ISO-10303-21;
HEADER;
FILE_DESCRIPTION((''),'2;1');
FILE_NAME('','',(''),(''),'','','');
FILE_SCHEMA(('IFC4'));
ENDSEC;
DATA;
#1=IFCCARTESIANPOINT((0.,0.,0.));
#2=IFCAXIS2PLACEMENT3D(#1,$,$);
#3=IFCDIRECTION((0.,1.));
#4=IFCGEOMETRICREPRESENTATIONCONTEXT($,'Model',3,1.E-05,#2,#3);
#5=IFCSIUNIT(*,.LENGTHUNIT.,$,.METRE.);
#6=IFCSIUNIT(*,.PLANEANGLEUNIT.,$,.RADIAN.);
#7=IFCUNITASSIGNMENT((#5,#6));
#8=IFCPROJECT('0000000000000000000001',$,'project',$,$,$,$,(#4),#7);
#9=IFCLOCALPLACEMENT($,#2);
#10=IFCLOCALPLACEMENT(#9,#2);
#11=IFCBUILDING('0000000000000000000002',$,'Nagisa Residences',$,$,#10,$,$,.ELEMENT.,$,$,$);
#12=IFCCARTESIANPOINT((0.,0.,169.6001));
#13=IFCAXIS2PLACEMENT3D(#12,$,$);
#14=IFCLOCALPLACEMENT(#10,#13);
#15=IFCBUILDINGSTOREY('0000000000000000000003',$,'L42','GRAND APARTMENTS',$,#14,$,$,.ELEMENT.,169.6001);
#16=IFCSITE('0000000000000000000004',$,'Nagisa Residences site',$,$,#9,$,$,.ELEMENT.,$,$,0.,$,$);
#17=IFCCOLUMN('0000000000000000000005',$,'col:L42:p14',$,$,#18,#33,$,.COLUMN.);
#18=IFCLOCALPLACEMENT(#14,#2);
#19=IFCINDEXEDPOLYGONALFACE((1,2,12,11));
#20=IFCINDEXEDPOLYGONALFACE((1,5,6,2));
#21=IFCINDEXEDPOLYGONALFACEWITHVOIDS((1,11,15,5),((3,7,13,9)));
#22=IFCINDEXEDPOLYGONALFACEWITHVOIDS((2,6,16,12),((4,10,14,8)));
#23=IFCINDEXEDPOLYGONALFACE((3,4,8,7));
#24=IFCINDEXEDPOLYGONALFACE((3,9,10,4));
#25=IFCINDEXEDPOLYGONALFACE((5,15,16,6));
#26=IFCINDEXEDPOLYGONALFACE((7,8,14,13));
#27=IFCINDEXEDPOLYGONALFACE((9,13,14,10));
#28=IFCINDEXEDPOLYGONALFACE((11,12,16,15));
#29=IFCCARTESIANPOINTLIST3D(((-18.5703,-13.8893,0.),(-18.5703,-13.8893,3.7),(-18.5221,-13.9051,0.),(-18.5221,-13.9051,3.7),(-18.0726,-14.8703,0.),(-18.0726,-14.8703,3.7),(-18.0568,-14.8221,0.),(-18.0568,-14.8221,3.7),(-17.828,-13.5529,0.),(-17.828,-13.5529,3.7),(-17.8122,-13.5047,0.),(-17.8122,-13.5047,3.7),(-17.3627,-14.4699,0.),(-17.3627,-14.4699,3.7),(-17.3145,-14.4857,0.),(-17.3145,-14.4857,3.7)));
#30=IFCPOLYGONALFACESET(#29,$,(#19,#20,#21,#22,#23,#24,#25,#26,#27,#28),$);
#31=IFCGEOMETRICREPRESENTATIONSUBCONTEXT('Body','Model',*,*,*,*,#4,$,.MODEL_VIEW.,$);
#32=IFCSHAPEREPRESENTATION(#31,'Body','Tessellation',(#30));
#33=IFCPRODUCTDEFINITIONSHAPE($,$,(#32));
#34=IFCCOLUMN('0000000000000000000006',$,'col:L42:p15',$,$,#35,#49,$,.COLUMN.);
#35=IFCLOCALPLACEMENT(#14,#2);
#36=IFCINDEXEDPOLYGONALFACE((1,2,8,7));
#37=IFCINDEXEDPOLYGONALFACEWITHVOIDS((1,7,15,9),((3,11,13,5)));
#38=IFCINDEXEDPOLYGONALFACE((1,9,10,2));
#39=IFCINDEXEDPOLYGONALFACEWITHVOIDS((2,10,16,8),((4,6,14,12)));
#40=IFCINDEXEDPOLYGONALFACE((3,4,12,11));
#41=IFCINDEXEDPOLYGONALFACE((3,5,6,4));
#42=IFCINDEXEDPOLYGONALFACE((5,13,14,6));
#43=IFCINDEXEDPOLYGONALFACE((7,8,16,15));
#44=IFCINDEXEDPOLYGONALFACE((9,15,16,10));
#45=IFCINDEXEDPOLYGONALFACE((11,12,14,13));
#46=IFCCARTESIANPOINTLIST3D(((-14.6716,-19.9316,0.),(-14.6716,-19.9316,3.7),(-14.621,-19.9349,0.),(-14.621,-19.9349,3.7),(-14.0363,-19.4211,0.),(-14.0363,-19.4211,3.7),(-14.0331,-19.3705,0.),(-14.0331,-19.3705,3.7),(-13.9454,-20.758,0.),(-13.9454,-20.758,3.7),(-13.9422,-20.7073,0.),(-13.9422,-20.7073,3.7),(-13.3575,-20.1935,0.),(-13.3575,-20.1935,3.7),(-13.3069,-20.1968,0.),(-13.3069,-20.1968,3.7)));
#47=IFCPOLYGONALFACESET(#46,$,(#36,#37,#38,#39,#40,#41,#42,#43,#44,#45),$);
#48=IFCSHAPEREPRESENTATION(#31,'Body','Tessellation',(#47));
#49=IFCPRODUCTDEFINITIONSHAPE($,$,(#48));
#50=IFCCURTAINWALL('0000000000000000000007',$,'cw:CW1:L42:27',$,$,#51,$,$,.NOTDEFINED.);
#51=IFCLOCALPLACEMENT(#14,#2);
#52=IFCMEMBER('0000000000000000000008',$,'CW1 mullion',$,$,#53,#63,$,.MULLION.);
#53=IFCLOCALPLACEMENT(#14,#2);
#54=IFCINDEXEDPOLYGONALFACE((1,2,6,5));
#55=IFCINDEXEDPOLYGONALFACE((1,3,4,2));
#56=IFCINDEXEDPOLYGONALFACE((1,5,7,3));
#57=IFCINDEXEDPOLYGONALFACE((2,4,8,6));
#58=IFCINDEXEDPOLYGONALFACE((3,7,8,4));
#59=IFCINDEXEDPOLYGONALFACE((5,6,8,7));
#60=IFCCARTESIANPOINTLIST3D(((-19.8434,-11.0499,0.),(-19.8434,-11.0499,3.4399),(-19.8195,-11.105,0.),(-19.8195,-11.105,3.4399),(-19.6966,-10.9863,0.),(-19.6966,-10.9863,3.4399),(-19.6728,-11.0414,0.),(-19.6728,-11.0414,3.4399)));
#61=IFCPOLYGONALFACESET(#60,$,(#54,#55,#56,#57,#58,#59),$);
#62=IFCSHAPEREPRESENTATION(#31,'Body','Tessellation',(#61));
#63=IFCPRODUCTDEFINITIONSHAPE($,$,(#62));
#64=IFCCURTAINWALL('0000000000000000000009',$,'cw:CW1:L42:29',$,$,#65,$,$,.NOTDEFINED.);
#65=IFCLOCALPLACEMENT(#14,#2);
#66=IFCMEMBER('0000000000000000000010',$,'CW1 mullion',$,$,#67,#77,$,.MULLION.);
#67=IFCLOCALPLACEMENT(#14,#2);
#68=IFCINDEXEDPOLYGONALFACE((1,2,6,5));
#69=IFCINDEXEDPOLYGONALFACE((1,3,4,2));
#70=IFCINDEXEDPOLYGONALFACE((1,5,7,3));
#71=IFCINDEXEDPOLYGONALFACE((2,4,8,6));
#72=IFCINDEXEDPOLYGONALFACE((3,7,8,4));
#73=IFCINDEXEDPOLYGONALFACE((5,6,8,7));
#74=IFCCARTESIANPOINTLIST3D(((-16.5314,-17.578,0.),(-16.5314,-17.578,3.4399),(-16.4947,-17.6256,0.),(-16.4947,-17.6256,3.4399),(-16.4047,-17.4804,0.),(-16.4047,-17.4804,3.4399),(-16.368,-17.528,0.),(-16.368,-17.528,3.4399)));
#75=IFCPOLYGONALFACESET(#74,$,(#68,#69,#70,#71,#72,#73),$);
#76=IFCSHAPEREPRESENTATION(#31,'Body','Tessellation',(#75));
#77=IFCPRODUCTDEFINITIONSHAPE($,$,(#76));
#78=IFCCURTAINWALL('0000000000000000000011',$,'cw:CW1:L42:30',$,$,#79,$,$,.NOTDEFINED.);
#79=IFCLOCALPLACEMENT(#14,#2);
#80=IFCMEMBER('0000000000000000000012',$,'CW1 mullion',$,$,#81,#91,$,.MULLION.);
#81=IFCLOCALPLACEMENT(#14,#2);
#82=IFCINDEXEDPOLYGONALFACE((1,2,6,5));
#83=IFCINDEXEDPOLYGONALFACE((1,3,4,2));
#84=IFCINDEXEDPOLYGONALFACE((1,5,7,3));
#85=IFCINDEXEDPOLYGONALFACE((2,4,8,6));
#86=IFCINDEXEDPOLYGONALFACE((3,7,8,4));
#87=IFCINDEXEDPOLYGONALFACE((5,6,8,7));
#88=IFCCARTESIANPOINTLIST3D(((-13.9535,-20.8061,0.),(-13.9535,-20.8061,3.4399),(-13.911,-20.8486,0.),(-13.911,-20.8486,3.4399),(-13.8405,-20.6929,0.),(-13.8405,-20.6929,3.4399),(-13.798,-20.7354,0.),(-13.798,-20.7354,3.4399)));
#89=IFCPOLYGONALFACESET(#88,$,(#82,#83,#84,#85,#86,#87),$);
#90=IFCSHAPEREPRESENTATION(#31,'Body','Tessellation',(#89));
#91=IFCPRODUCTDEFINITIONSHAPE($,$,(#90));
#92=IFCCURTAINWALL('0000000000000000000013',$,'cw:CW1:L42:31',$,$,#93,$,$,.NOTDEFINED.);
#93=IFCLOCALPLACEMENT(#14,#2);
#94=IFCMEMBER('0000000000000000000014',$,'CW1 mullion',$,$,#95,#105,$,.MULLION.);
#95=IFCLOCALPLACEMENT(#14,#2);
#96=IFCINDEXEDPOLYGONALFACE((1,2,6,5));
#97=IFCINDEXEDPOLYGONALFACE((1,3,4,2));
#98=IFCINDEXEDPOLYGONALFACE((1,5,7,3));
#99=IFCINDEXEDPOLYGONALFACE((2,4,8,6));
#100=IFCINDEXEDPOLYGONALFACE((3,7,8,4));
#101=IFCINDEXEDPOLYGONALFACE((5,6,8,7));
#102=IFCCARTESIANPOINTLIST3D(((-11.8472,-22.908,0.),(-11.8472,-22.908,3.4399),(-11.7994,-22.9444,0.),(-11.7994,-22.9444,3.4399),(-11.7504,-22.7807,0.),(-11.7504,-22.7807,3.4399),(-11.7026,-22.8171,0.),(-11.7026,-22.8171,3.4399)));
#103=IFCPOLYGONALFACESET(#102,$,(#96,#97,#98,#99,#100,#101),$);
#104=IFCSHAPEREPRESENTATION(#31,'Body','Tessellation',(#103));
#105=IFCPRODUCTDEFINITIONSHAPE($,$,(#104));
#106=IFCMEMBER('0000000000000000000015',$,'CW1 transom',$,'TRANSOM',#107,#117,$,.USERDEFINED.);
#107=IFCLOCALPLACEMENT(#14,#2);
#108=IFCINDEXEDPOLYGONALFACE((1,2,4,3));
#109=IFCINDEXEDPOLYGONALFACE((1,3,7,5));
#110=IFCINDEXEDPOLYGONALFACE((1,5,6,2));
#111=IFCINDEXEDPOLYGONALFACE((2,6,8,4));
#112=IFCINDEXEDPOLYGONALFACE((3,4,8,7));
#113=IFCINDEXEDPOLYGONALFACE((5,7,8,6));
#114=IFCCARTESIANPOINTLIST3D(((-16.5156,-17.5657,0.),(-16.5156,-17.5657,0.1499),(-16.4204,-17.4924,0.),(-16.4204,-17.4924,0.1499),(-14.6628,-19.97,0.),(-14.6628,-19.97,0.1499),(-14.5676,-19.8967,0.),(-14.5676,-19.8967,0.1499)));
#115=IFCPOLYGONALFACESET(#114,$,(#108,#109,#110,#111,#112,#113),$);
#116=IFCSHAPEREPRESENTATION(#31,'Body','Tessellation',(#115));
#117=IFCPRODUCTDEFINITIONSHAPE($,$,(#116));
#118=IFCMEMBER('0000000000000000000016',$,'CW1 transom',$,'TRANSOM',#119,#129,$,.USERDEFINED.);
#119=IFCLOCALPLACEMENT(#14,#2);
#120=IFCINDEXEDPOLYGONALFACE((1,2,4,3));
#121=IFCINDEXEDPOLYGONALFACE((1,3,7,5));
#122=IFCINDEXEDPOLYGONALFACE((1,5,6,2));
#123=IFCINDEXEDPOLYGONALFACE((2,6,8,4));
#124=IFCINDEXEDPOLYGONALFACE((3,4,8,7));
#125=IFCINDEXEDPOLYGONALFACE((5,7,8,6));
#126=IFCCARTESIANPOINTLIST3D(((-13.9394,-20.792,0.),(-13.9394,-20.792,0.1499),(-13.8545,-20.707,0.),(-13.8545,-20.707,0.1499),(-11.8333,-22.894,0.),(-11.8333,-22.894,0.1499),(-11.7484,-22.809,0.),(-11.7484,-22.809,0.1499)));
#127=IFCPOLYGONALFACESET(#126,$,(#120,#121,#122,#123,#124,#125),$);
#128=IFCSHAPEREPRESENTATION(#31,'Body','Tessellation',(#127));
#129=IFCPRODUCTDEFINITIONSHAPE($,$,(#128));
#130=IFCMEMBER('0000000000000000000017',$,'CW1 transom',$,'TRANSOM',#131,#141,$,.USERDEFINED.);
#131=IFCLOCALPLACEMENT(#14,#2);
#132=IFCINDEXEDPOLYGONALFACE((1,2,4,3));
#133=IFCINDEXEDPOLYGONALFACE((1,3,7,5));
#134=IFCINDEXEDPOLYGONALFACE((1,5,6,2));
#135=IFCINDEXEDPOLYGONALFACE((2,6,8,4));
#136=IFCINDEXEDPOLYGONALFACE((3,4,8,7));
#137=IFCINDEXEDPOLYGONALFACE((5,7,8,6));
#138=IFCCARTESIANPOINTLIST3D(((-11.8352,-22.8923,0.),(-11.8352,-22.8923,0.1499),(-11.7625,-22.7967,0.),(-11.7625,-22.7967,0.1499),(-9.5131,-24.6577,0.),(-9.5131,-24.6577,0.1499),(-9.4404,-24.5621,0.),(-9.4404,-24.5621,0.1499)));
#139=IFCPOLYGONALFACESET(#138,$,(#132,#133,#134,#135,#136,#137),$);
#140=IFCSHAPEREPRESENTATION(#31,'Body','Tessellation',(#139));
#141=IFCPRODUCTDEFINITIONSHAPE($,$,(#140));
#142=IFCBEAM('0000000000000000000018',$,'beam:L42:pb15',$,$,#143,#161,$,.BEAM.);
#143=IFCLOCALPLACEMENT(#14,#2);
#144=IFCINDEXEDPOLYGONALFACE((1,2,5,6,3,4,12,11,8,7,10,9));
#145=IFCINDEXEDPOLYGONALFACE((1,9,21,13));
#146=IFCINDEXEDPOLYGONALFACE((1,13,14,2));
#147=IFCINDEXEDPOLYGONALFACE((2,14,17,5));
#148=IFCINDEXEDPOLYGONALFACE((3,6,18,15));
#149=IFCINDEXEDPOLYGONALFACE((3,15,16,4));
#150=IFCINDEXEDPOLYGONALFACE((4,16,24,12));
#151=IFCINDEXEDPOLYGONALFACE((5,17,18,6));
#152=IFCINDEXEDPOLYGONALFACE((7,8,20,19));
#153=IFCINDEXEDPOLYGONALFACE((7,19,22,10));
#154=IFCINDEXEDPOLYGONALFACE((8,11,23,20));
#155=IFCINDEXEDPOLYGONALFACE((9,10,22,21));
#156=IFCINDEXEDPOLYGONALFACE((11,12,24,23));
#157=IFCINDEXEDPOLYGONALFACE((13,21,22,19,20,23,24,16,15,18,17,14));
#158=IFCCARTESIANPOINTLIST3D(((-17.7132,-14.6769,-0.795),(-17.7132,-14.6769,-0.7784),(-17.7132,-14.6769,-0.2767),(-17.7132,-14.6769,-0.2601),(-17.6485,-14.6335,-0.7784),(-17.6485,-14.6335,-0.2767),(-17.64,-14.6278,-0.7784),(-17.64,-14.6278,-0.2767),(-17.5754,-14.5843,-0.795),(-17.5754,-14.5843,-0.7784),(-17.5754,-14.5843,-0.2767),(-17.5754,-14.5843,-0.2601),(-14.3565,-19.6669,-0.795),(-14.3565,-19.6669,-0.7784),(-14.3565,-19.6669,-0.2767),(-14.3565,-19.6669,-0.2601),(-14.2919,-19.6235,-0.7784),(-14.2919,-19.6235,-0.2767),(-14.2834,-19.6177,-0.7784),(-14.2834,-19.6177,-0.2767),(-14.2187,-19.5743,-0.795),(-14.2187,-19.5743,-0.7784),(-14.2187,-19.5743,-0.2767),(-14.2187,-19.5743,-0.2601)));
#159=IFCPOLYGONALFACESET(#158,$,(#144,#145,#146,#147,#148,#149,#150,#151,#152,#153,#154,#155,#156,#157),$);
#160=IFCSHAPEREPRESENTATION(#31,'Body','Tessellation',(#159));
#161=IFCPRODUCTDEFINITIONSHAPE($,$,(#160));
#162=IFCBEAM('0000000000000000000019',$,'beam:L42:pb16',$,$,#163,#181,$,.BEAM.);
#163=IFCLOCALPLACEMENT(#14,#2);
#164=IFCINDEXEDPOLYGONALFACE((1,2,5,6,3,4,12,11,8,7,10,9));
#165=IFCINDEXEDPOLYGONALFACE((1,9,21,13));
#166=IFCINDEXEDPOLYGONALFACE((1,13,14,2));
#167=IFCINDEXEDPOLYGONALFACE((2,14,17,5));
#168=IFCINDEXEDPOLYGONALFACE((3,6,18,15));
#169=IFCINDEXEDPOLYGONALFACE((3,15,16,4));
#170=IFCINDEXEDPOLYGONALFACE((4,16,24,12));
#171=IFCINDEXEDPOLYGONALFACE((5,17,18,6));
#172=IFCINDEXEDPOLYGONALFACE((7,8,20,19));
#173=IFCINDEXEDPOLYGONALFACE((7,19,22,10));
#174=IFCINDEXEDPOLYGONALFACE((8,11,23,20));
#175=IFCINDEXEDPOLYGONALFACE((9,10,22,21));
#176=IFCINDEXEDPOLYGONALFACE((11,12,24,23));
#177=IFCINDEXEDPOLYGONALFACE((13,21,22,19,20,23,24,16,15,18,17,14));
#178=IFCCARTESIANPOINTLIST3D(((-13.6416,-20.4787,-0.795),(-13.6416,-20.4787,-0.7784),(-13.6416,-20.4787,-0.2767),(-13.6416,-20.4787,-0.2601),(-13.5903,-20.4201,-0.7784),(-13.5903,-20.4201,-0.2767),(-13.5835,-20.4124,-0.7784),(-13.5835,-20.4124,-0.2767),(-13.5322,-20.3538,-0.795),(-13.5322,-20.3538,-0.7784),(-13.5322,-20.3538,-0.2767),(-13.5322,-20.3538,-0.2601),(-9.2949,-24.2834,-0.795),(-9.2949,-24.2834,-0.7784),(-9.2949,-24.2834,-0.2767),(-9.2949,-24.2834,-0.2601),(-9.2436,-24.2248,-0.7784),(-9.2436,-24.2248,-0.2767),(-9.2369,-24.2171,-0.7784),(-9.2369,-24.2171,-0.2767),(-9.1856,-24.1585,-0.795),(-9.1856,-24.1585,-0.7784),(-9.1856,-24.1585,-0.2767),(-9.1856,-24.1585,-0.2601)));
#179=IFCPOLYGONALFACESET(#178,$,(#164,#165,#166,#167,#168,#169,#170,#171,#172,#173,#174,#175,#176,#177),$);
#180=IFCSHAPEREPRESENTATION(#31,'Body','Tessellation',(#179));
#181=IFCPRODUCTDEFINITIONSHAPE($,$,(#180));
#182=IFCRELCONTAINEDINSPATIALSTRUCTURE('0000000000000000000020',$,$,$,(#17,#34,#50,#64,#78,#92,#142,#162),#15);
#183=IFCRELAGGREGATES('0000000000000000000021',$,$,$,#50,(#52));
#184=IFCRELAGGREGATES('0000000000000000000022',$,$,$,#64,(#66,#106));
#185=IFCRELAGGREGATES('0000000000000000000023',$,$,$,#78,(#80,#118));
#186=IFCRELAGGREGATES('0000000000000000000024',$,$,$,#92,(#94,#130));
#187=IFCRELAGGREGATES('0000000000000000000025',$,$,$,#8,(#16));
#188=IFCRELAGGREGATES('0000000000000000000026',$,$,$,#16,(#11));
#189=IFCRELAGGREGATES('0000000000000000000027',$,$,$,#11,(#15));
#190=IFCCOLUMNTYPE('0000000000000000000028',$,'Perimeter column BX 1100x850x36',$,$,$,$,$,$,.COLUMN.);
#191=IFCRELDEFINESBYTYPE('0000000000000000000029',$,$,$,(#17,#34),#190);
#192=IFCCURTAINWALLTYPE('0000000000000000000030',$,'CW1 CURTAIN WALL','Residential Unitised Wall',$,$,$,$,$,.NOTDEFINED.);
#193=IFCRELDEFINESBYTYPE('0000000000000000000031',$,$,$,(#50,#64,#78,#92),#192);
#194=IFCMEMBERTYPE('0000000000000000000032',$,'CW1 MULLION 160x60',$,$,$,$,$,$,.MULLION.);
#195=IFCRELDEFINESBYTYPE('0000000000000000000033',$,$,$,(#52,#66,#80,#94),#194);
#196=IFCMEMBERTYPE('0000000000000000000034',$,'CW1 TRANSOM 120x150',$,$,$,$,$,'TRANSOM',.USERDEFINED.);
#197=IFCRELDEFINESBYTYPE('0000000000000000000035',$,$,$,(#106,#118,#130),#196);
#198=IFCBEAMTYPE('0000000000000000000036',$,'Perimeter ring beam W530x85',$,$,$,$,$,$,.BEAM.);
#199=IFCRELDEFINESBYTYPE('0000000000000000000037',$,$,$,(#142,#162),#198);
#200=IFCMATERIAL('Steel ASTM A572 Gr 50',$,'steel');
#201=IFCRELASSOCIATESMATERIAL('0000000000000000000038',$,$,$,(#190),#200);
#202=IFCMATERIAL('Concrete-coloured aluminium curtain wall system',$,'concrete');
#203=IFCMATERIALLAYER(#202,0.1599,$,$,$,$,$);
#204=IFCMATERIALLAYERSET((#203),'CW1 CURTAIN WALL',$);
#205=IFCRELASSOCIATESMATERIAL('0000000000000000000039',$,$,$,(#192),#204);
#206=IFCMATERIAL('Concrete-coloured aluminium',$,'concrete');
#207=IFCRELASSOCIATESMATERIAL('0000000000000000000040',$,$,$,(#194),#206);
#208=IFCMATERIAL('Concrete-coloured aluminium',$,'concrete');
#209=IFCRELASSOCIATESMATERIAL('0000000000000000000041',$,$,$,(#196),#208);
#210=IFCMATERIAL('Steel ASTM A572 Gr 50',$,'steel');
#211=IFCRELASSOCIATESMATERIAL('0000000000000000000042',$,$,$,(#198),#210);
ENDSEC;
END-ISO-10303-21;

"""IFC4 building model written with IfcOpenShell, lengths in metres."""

from ifc_helpers import new_model, si_unit, direction, frame, origin, origin_2d, place, context, subcontext, project, spatial, rectangle, hollow_rectangle, i_section, extrude, material, layer, layer_set, material_profile, profile_set, type_object, element, aggregate, save


model = new_model("IFC4")

# Units and contexts
model_context = context("Model", 3, precision=1e-05, world=origin(), true_north=direction((0.0, 1.0)))
body_context = subcontext(model_context, "Body", "Model", "MODEL_VIEW")
ifc_project = project(units=[si_unit("LENGTHUNIT", "METRE"), si_unit("PLANEANGLEUNIT", "RADIAN")], contexts=[model_context])

# Site, building, storey
site_placement = place(None, origin())
site = spatial("IfcSite", under=ifc_project, at=site_placement, Name="Nagisa Residences site", CompositionType="ELEMENT", RefElevation=0.0)
building_placement = place(site_placement, origin())
building = spatial("IfcBuilding", under=site, at=building_placement, Name="Nagisa Residences", CompositionType="ELEMENT")
storey_placement = place(building_placement, frame((0.0, 0.0, 169.6001)))
storey = spatial("IfcBuildingStorey", under=building, at=storey_placement, Name="L42", Description="GRAND APARTMENTS", CompositionType="ELEMENT", Elevation=169.6001)

# Columns
ifc_material_1 = material(Name="Steel ASTM A572 Gr 50", Category="steel")
ifc_material_profile_1 = material_profile(ifc_material_1, hollow_rectangle(XDim=1.1001, YDim=0.8501, WallThickness=0.0359, at=origin_2d()), Name="BX 1100x850x36")
ifc_profile_set_1 = profile_set([ifc_material_profile_1], Name="Steel ASTM A572 Gr 50")
column_type = type_object("IfcColumnType", Name="Perimeter column BX 1100x850x36", PredefinedType="COLUMN", material=ifc_profile_set_1)
for number, where, z_axis, x_axis, name in (
    (1, (-17.9424, -14.1875, 0.0), (0.0, 0.0, 1.0), (0.452463, -0.891783, 0.0), "col:L42:p14"),
    (2, (-13.9893, -20.0642, 0.0), (0.0, 0.0, 1.0), (0.660115, -0.751165, 0.0), "col:L42:p15"),
):
    element("IfcColumn", number, at=place(storey_placement, frame(where, z_axis=z_axis, x_axis=x_axis)), inside=storey, type_object=column_type, Name=name, PredefinedType="COLUMN", context=body_context, shape_type="SweptSolid", body=[
        extrude(hollow_rectangle(XDim=1.1001, YDim=0.8501, WallThickness=0.0359, at=origin_2d()), origin(), (0.0, 0.0, 1.0), 3.7),
    ])

# Curtain walls, members
ifc_material_2 = material(Name="Concrete-coloured aluminium curtain wall system", Category="concrete")
ifc_layer_1 = layer(ifc_material_2, 0.1599)
ifc_layer_set_1 = layer_set([ifc_layer_1], Name="CW1 CURTAIN WALL")
curtain_wall_type = type_object("IfcCurtainWallType", Name="CW1 CURTAIN WALL", Description="Residential Unitised Wall", PredefinedType="NOTDEFINED", material=ifc_layer_set_1)
curtain_wall_1_placement = place(storey_placement, origin())
curtain_wall_1 = element("IfcCurtainWall", 3, at=curtain_wall_1_placement, inside=storey, type_object=curtain_wall_type, Name="cw:CW1:L42:27", PredefinedType="NOTDEFINED")
ifc_material_3 = material(Name="Concrete-coloured aluminium", Category="concrete")
ifc_material_profile_2 = material_profile(ifc_material_3, rectangle(XDim=0.1599, YDim=0.0601, at=origin_2d()), Name="CW1 MULLION 160x60")
ifc_profile_set_2 = profile_set([ifc_material_profile_2], Name="Concrete-coloured aluminium")
member_type_1 = type_object("IfcMemberType", Name="CW1 MULLION 160x60", PredefinedType="MULLION", material=ifc_profile_set_2)
member_1_placement = place(storey_placement, frame((-19.7581, -11.0457, 0.0), z_axis=(0.0, 0.0, 1.0), x_axis=(0.917543, 0.397636, 0.0)))
member_1 = element("IfcMember", 4, at=member_1_placement, type_object=member_type_1, Name="CW1 mullion", PredefinedType="MULLION", context=body_context, shape_type="SweptSolid", body=[
    extrude(rectangle(XDim=0.1599, YDim=0.0601, at=origin_2d()), origin(), (0.0, 0.0, 1.0), 3.4399),
])
curtain_wall_2_placement = place(storey_placement, origin())
curtain_wall_2 = element("IfcCurtainWall", 5, at=curtain_wall_2_placement, inside=storey, type_object=curtain_wall_type, Name="cw:CW1:L42:29", PredefinedType="NOTDEFINED")
member_2_placement = place(storey_placement, frame((-16.4497, -17.553, 0.0), z_axis=(0.0, 0.0, 1.0), x_axis=(0.79207, 0.61043, 0.0)))
member_2 = element("IfcMember", 6, at=member_2_placement, type_object=member_type_1, Name="CW1 mullion", PredefinedType="MULLION", context=body_context, shape_type="SweptSolid", body=[
    extrude(rectangle(XDim=0.1599, YDim=0.0601, at=origin_2d()), origin(), (0.0, 0.0, 1.0), 3.4399),
])
curtain_wall_3_placement = place(storey_placement, origin())
curtain_wall_3 = element("IfcCurtainWall", 7, at=curtain_wall_3_placement, inside=storey, type_object=curtain_wall_type, Name="cw:CW1:L42:30", PredefinedType="NOTDEFINED")
member_3_placement = place(storey_placement, frame((-13.8757, -20.7708, 0.0), z_axis=(0.0, 0.0, 1.0), x_axis=(0.706377, 0.707836, 0.0)))
member_3 = element("IfcMember", 8, at=member_3_placement, type_object=member_type_1, Name="CW1 mullion", PredefinedType="MULLION", context=body_context, shape_type="SweptSolid", body=[
    extrude(rectangle(XDim=0.1599, YDim=0.0601, at=origin_2d()), origin(), (0.0, 0.0, 1.0), 3.4399),
])
curtain_wall_4_placement = place(storey_placement, origin())
curtain_wall_4 = element("IfcCurtainWall", 9, at=curtain_wall_4_placement, inside=storey, type_object=curtain_wall_type, Name="cw:CW1:L42:31", PredefinedType="NOTDEFINED")
member_4_placement = place(storey_placement, frame((-11.7749, -22.8625, 0.0), z_axis=(0.0, 0.0, 1.0), x_axis=(0.605255, 0.796031, 0.0)))
member_4 = element("IfcMember", 10, at=member_4_placement, type_object=member_type_1, Name="CW1 mullion", PredefinedType="MULLION", context=body_context, shape_type="SweptSolid", body=[
    extrude(rectangle(XDim=0.1599, YDim=0.0601, at=origin_2d()), origin(), (0.0, 0.0, 1.0), 3.4399),
])

# Members
ifc_material_4 = material(Name="Concrete-coloured aluminium", Category="concrete")
ifc_material_profile_3 = material_profile(ifc_material_4, rectangle(XDim=0.1201, YDim=0.1499, at=origin_2d()), Name="CW1 TRANSOM 120x150")
ifc_profile_set_3 = profile_set([ifc_material_profile_3], Name="Concrete-coloured aluminium")
member_type_2 = type_object("IfcMemberType", Name="CW1 TRANSOM 120x150", ElementType="TRANSOM", PredefinedType="USERDEFINED", material=ifc_profile_set_3)
member_5_placement = place(storey_placement, frame((-16.468, -17.5291, 0.075), z_axis=(0.610399, -0.792094, 0.0), x_axis=(0.792094, 0.610399, 0.0)))
member_5 = element("IfcMember", 11, at=member_5_placement, type_object=member_type_2, Name="CW1 transom", ObjectType="TRANSOM", PredefinedType="USERDEFINED", context=body_context, shape_type="SweptSolid", body=[
    extrude(rectangle(XDim=0.1201, YDim=0.1499, at=origin_2d()), origin(), (0.0, 0.0, 1.0), 3.0354),
])
member_6_placement = place(storey_placement, frame((-13.897, -20.7495, 0.075), z_axis=(0.707804, -0.706409, 0.0), x_axis=(0.706409, 0.707804, 0.0)))
member_6 = element("IfcMember", 12, at=member_6_placement, type_object=member_type_2, Name="CW1 transom", ObjectType="TRANSOM", PredefinedType="USERDEFINED", context=body_context, shape_type="SweptSolid", body=[
    extrude(rectangle(XDim=0.1201, YDim=0.1499, at=origin_2d()), origin(), (0.0, 0.0, 1.0), 2.9756),
])
member_7_placement = place(storey_placement, frame((-11.7988, -22.8445, 0.075), z_axis=(0.796056, -0.605223, 0.0), x_axis=(0.605223, 0.796056, 0.0)))
member_7 = element("IfcMember", 13, at=member_7_placement, type_object=member_type_2, Name="CW1 transom", ObjectType="TRANSOM", PredefinedType="USERDEFINED", context=body_context, shape_type="SweptSolid", body=[
    extrude(rectangle(XDim=0.1201, YDim=0.1499, at=origin_2d()), origin(), (0.0, 0.0, 1.0), 2.917),
])

# Beams
ifc_material_5 = material(Name="Steel ASTM A572 Gr 50", Category="steel")
ifc_material_profile_4 = material_profile(ifc_material_5, i_section(OverallWidth=0.166, OverallDepth=0.5349, WebThickness=0.0103, FlangeThickness=0.0166, at=origin_2d()), Name="W530x85")
ifc_profile_set_4 = profile_set([ifc_material_profile_4], Name="Steel ASTM A572 Gr 50")
beam_type_1 = type_object("IfcBeamType", Name="Perimeter ring beam W530x85", PredefinedType="BEAM", material=ifc_profile_set_4)
beam_1_placement = place(storey_placement, frame((-17.6443, -14.6306, -0.5276), z_axis=(0.558152, -0.829739, 0.0), x_axis=(0.829739, 0.558152, 0.0)))
element("IfcBeam", 14, at=beam_1_placement, inside=storey, type_object=beam_type_1, Name="beam:L42:pb15", PredefinedType="BEAM", context=body_context, shape_type="SweptSolid", body=[
    extrude(i_section(OverallWidth=0.166, OverallDepth=0.5349, WebThickness=0.0103, FlangeThickness=0.0166, at=origin_2d()), origin(), (0.0, 0.0, 1.0), 6.0139),
])
beam_2_placement = place(storey_placement, frame((-13.5869, -20.4163, -0.5276), z_axis=(0.752461, -0.658636, 0.0), x_axis=(0.658636, 0.752461, 0.0)))
element("IfcBeam", 15, at=beam_2_placement, inside=storey, type_object=beam_type_1, Name="beam:L42:pb16", PredefinedType="BEAM", context=body_context, shape_type="SweptSolid", body=[
    extrude(i_section(OverallWidth=0.166, OverallDepth=0.5349, WebThickness=0.0103, FlangeThickness=0.0166, at=origin_2d()), origin(), (0.0, 0.0, 1.0), 5.7766),
])

aggregate(curtain_wall_1, [member_1])
aggregate(curtain_wall_2, [member_2, member_5])
aggregate(curtain_wall_3, [member_3, member_6])
aggregate(curtain_wall_4, [member_4, member_7])

save(model, "model.ifc")
